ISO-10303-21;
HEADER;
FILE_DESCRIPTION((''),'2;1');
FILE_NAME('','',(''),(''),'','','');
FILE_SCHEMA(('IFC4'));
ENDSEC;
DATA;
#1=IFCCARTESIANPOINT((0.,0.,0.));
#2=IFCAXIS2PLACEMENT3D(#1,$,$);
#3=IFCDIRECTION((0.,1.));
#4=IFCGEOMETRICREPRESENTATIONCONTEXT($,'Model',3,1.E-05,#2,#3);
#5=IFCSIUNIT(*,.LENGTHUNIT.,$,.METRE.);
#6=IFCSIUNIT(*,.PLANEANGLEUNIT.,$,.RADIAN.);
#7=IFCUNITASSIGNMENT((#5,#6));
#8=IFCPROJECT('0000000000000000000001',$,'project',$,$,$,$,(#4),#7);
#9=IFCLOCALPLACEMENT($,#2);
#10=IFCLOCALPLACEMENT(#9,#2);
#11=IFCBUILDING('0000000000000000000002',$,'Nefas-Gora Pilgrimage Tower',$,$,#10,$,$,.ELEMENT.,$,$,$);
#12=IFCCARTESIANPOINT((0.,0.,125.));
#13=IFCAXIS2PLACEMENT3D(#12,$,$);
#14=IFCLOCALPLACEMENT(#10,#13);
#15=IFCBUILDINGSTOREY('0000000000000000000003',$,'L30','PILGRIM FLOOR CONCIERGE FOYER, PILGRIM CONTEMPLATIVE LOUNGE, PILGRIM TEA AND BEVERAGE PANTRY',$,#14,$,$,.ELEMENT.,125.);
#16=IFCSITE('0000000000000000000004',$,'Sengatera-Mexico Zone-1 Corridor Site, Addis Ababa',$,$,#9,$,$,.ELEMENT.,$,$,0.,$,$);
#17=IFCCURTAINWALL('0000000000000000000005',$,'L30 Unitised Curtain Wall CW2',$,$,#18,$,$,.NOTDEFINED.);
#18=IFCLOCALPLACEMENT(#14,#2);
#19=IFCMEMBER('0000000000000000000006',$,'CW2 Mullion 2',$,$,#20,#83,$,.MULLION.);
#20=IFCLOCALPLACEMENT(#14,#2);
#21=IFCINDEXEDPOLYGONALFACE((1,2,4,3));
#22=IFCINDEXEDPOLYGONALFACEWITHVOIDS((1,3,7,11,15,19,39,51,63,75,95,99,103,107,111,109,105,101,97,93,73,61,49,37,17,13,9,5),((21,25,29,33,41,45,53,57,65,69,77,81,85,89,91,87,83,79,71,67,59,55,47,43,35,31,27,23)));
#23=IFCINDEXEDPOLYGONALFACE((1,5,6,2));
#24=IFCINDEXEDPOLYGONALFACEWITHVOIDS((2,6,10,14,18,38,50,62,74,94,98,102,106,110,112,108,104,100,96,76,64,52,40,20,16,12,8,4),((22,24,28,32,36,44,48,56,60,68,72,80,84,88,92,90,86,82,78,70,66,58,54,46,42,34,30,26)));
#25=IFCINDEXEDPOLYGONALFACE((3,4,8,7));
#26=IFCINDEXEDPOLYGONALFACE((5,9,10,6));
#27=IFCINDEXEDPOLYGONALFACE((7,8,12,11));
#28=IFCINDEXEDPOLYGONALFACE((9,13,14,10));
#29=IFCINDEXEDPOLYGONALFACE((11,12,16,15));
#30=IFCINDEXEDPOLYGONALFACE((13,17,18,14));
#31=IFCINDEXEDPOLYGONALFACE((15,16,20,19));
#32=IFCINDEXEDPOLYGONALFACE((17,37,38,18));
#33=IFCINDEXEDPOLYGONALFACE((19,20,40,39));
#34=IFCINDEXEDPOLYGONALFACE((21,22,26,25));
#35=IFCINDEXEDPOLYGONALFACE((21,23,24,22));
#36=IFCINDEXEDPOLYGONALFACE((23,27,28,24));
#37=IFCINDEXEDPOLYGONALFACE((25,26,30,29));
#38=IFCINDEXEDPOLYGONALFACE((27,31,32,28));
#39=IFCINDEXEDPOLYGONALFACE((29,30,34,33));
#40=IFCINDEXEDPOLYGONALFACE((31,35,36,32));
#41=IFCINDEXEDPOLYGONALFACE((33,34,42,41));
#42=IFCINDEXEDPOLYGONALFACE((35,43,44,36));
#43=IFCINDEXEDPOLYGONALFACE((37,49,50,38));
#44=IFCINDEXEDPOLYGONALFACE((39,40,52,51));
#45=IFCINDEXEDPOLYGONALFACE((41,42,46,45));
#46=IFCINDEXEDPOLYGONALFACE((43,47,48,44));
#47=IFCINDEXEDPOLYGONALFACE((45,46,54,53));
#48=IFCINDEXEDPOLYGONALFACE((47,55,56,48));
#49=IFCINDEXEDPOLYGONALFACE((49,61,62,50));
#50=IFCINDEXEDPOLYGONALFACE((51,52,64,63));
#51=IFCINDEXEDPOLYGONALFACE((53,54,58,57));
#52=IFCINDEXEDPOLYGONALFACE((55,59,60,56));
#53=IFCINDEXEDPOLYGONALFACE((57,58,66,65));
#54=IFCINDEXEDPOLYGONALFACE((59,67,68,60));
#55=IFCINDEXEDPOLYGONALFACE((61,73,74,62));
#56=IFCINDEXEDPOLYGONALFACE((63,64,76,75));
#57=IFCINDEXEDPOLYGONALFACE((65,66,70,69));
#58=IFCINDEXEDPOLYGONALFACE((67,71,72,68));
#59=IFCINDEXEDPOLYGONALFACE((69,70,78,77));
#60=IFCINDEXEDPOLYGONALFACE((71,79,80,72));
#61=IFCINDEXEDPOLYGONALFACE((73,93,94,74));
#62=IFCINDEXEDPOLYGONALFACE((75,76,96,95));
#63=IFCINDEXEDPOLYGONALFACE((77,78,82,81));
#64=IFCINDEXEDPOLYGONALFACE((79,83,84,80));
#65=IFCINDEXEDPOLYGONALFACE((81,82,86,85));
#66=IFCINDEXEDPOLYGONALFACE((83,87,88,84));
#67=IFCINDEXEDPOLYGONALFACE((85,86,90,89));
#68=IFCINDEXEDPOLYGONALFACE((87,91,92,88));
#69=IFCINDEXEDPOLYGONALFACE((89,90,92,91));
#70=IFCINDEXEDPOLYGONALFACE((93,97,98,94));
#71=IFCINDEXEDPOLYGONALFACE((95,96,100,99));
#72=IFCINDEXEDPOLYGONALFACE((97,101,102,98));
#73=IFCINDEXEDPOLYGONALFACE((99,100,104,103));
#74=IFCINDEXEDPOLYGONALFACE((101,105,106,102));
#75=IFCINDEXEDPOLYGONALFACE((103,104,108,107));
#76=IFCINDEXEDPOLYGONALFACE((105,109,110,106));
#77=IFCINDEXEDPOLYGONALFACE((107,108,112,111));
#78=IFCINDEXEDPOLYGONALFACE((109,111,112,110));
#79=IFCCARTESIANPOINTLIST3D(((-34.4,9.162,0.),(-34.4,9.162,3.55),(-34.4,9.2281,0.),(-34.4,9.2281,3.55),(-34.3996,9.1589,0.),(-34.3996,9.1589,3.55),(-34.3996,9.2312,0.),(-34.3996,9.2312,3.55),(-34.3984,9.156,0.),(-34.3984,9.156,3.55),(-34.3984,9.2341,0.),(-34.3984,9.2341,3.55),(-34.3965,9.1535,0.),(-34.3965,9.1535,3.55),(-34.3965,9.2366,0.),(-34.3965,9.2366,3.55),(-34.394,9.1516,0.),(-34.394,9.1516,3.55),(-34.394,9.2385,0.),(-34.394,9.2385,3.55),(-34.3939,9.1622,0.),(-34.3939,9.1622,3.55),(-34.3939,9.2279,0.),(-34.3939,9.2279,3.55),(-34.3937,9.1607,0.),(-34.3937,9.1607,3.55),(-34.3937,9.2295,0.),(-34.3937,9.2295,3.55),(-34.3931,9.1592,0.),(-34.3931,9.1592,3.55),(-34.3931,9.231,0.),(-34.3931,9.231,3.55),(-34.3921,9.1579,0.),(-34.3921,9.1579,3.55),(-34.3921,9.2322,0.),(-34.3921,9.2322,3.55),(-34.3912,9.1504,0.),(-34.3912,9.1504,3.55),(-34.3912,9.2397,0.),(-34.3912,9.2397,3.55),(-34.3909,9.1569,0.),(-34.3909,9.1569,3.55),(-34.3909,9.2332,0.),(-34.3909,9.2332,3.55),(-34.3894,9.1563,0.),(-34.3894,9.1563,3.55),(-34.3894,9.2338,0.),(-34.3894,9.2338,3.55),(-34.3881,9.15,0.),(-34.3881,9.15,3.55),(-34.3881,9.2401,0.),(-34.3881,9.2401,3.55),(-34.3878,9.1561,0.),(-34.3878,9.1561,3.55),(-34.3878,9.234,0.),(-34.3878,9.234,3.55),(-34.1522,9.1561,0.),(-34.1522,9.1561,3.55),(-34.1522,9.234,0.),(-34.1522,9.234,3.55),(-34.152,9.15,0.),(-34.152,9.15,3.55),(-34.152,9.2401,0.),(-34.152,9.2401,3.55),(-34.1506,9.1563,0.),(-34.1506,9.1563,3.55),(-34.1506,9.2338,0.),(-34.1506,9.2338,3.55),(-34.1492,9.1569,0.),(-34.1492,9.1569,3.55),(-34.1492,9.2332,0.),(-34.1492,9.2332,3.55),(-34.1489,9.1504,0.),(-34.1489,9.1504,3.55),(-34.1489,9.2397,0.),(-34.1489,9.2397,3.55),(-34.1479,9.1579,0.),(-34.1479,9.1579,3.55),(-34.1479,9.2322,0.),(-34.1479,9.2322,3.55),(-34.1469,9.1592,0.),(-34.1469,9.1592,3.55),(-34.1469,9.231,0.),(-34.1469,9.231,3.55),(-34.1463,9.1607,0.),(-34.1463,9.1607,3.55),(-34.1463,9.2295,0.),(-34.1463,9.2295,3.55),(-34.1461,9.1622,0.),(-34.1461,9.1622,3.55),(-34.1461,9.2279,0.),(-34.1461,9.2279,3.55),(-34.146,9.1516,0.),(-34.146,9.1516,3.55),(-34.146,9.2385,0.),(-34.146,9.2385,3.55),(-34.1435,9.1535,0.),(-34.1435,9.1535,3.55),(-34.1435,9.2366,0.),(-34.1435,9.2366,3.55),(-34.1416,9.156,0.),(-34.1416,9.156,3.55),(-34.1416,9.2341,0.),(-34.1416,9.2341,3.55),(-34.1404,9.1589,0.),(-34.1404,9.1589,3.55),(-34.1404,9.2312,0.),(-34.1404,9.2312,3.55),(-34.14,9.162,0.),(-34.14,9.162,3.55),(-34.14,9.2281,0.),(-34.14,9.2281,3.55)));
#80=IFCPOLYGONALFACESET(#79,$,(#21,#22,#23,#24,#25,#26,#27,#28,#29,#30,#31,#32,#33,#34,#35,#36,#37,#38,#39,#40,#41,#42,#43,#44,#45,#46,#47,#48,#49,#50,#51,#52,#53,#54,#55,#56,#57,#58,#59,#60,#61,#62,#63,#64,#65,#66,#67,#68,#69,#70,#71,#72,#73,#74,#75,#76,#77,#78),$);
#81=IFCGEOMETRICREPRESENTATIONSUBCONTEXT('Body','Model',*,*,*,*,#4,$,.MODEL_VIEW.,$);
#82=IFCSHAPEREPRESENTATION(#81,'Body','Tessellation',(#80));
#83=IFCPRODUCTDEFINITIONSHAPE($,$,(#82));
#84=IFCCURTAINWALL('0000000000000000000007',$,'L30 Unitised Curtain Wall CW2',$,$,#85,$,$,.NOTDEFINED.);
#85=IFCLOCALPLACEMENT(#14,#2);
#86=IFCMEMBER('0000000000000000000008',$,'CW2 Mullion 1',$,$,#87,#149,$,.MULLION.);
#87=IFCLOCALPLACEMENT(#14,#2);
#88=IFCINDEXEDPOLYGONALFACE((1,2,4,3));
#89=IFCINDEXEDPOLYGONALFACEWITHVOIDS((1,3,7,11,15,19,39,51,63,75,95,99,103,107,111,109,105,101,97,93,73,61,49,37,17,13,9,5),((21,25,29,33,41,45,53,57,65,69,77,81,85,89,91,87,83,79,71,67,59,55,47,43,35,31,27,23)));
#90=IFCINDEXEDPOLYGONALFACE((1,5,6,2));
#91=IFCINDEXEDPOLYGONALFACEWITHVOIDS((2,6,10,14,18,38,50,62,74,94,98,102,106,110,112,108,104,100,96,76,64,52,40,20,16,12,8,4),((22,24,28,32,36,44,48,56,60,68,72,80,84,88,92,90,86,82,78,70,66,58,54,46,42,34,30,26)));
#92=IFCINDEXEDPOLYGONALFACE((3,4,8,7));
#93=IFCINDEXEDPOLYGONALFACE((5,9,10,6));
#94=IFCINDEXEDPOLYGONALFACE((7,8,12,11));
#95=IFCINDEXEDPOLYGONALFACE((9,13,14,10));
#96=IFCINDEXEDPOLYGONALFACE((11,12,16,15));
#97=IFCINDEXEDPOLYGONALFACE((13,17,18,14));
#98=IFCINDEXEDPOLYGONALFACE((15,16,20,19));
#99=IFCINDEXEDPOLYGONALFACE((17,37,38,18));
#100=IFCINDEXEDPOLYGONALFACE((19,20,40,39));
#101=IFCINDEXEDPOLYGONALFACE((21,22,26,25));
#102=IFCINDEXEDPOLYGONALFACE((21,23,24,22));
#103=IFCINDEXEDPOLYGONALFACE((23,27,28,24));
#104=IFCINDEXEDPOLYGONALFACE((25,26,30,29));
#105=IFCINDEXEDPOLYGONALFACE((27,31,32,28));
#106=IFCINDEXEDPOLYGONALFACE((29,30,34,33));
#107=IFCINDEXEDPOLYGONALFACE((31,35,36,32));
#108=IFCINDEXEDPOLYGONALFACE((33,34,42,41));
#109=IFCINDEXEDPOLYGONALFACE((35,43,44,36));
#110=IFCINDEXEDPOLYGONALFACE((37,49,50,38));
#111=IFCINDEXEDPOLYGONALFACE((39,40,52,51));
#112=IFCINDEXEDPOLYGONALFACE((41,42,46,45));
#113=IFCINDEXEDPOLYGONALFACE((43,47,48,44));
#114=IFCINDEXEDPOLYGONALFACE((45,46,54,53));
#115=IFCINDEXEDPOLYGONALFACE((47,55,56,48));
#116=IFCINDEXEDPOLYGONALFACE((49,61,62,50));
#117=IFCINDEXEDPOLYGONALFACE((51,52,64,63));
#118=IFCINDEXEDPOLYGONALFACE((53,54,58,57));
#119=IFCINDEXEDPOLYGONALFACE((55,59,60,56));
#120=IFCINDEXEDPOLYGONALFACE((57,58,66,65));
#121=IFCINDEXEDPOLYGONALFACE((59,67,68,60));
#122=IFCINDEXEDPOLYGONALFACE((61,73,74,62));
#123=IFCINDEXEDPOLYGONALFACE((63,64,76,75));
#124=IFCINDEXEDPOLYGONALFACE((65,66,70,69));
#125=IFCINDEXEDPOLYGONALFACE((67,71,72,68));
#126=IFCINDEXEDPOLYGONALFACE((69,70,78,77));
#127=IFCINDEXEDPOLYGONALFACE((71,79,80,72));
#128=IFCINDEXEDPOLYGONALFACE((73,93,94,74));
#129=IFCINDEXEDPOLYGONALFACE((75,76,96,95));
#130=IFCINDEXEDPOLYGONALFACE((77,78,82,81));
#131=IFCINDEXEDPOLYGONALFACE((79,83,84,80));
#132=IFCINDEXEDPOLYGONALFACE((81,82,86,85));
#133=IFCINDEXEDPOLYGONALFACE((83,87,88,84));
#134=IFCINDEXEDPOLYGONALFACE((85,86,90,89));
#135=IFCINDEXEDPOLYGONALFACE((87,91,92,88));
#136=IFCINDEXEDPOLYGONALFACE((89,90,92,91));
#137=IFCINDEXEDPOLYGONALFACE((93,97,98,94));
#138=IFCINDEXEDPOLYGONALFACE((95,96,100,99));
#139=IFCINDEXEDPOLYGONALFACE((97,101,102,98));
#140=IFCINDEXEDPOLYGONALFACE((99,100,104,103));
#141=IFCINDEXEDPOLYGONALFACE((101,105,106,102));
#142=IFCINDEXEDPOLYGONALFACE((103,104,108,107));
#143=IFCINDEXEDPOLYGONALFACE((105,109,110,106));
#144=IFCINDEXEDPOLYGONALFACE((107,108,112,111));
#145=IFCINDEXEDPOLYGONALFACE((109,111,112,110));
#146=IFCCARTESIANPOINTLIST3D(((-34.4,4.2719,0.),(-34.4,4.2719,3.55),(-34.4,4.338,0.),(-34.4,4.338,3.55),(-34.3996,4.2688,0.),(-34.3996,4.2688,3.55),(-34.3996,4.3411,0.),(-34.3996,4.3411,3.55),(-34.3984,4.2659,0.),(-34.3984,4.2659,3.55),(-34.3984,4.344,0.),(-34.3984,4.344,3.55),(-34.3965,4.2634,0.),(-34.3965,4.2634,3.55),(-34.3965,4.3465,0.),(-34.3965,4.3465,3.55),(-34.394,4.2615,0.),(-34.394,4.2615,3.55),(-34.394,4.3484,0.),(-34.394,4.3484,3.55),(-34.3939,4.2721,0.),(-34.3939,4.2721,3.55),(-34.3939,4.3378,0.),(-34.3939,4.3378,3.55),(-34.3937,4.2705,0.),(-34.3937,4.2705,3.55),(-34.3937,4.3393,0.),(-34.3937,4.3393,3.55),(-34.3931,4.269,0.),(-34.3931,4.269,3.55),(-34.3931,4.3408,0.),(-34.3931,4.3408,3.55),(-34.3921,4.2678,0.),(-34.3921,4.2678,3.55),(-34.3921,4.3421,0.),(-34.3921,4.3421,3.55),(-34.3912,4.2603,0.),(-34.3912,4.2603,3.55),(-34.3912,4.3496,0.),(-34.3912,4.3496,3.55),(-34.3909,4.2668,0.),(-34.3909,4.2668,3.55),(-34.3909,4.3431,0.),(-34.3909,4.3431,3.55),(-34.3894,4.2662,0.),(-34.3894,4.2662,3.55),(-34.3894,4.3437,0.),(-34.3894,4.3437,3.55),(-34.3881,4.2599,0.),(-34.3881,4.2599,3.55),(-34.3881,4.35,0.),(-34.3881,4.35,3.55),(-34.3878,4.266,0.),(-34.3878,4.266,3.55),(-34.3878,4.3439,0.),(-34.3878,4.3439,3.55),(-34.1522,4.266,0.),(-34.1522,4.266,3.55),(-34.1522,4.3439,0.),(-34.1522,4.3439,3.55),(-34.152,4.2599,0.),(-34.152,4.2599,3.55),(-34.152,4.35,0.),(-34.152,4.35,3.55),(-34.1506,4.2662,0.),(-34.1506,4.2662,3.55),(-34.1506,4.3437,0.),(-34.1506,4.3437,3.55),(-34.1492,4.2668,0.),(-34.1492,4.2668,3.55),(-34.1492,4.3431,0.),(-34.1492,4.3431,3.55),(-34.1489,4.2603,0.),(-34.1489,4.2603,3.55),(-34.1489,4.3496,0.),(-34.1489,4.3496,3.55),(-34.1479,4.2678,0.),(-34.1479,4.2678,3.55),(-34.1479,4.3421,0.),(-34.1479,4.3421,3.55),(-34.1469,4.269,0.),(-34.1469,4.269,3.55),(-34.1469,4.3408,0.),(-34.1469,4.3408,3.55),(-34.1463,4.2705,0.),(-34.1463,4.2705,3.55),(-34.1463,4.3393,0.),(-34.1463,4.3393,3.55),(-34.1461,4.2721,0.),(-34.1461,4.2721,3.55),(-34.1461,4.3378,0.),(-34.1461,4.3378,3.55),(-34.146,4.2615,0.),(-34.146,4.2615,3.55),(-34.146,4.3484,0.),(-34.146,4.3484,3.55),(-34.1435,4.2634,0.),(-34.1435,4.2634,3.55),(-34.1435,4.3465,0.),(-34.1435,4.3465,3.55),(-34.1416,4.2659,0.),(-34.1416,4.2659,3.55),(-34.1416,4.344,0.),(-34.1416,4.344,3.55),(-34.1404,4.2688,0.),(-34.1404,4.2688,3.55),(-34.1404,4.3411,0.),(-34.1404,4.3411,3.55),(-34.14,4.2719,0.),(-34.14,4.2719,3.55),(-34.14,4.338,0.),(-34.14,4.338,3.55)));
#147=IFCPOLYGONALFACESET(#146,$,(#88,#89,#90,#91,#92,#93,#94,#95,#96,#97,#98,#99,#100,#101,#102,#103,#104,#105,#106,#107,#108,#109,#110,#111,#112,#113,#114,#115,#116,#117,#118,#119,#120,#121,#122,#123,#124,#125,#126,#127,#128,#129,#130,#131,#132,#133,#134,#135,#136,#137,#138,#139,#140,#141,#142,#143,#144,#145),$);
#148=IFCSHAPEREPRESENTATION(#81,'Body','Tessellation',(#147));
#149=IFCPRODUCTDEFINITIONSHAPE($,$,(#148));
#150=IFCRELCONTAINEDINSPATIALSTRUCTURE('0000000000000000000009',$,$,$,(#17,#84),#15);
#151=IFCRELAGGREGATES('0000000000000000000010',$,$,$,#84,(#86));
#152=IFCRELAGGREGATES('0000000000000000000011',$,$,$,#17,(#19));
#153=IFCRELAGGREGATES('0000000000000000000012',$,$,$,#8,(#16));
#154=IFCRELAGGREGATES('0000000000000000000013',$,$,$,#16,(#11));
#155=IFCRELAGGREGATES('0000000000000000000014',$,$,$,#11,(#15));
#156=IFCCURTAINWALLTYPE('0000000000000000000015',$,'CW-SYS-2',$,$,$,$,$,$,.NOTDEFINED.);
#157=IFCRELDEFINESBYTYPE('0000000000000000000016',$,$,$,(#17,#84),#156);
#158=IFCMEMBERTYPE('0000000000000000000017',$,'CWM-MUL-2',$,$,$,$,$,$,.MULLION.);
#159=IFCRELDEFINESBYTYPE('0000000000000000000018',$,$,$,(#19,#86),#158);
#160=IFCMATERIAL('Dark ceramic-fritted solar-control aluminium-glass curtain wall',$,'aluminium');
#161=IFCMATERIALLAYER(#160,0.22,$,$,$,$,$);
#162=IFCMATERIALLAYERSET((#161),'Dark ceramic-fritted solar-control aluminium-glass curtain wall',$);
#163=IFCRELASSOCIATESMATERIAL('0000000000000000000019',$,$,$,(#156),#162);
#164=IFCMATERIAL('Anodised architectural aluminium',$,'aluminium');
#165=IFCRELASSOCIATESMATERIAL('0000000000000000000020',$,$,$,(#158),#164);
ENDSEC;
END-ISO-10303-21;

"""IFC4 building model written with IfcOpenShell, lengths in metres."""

from ifc_helpers import new_model, si_unit, direction, frame, origin, origin_2d, place, context, subcontext, project, spatial, hollow_rectangle, extrude, source, transform, mapped, material, layer, layer_set, material_profile, profile_set, type_object, element, aggregate, save


model = new_model("IFC4")

# Units and contexts
model_context = context("Model", 3, precision=1e-05, world=origin(), true_north=direction((0.0, 1.0)))
body_context = subcontext(model_context, "Body", "Model", "MODEL_VIEW")
ifc_project = project(units=[si_unit("LENGTHUNIT", "METRE"), si_unit("PLANEANGLEUNIT", "RADIAN")], contexts=[model_context])

# Site, building, storey
site_placement = place(None, origin())
site = spatial("IfcSite", under=ifc_project, at=site_placement, Name="Sengatera-Mexico Zone-1 Corridor Site, Addis Ababa", CompositionType="ELEMENT", RefElevation=0.0)
building_placement = place(site_placement, origin())
building = spatial("IfcBuilding", under=site, at=building_placement, Name="Nefas-Gora Pilgrimage Tower", CompositionType="ELEMENT")
storey_placement = place(building_placement, frame((0.0, 0.0, 125.0)))
storey = spatial("IfcBuildingStorey", under=building, at=storey_placement, Name="L30", Description="PILGRIM FLOOR CONCIERGE FOYER, PILGRIM CONTEMPLATIVE LOUNGE, PILGRIM TEA AND BEVERAGE PANTRY", CompositionType="ELEMENT", Elevation=125.0)

# Shared definitions
ifc_material_1 = material(Name="Dark ceramic-fritted solar-control aluminium-glass curtain wall", Category="aluminium")
ifc_layer_1 = layer(ifc_material_1, 0.22)
ifc_layer_set_1 = layer_set([ifc_layer_1], Name="Dark ceramic-fritted solar-control aluminium-glass curtain wall")
curtain_wall_type = type_object("IfcCurtainWallType", Name="CW-SYS-2", PredefinedType="NOTDEFINED", material=ifc_layer_set_1)
ifc_material_2 = material(Name="Anodised architectural aluminium", Category="aluminium")
ifc_material_profile_1 = material_profile(ifc_material_2, hollow_rectangle(XDim=0.0901, YDim=0.26, WallThickness=0.0061, InnerFilletRadius=0.0061, OuterFilletRadius=0.012, at=origin_2d()), Name="ALU MULLION 90x260")
ifc_profile_set_1 = profile_set([ifc_material_profile_1], Name="Anodised architectural aluminium")
member_type_1 = type_object("IfcMemberType", Name="CWM-MUL-2", PredefinedType="MULLION", material=ifc_profile_set_1)
shared_shape_1 = source(origin(), body_context, "Body", "SweptSolid", [
    extrude(hollow_rectangle(XDim=0.0901, YDim=0.26, WallThickness=0.0061, InnerFilletRadius=0.0061, OuterFilletRadius=0.012, at=origin_2d()), origin(), (0.0, 0.0, 1.0), 3.55),
])

# Curtain walls, members
curtain_wall_1_placement = place(storey_placement, origin())
curtain_wall_1 = element("IfcCurtainWall", 1, at=curtain_wall_1_placement, inside=storey, type_object=curtain_wall_type, Name="L30 Unitised Curtain Wall CW2", PredefinedType="NOTDEFINED")
member_1_placement = place(storey_placement, frame((-34.27, 9.1951, 0.0), z_axis=(0.0, 0.0, 1.0), x_axis=(0.0, -1.0, 0.0)))
member_1 = element("IfcMember", 2, at=member_1_placement, type_object=member_type_1, Name="CW2 Mullion 2", PredefinedType="MULLION", context=body_context, shape_type="MappedRepresentation", body=[
    mapped(shared_shape_1, transform((0.0, 0.0, 0.0), x_axis=(1.0, 0.0, 0.0), y_axis=(0.0, 1.0, 0.0), z_axis=(0.0, 0.0, 1.0), scale=1.0)),
])
curtain_wall_2_placement = place(storey_placement, origin())
curtain_wall_2 = element("IfcCurtainWall", 3, at=curtain_wall_2_placement, inside=storey, type_object=curtain_wall_type, Name="L30 Unitised Curtain Wall CW2", PredefinedType="NOTDEFINED")
member_2_placement = place(storey_placement, frame((-34.27, 4.3049, 0.0), z_axis=(0.0, 0.0, 1.0), x_axis=(0.0, -1.0, 0.0)))
member_2 = element("IfcMember", 4, at=member_2_placement, type_object=member_type_1, Name="CW2 Mullion 1", PredefinedType="MULLION", context=body_context, shape_type="MappedRepresentation", body=[
    mapped(shared_shape_1, transform((0.0, 0.0, 0.0), x_axis=(1.0, 0.0, 0.0), y_axis=(0.0, 1.0, 0.0), z_axis=(0.0, 0.0, 1.0), scale=1.0)),
])
aggregate(curtain_wall_2, [member_2])

aggregate(curtain_wall_1, [member_1])

save(model, "model.ifc")
